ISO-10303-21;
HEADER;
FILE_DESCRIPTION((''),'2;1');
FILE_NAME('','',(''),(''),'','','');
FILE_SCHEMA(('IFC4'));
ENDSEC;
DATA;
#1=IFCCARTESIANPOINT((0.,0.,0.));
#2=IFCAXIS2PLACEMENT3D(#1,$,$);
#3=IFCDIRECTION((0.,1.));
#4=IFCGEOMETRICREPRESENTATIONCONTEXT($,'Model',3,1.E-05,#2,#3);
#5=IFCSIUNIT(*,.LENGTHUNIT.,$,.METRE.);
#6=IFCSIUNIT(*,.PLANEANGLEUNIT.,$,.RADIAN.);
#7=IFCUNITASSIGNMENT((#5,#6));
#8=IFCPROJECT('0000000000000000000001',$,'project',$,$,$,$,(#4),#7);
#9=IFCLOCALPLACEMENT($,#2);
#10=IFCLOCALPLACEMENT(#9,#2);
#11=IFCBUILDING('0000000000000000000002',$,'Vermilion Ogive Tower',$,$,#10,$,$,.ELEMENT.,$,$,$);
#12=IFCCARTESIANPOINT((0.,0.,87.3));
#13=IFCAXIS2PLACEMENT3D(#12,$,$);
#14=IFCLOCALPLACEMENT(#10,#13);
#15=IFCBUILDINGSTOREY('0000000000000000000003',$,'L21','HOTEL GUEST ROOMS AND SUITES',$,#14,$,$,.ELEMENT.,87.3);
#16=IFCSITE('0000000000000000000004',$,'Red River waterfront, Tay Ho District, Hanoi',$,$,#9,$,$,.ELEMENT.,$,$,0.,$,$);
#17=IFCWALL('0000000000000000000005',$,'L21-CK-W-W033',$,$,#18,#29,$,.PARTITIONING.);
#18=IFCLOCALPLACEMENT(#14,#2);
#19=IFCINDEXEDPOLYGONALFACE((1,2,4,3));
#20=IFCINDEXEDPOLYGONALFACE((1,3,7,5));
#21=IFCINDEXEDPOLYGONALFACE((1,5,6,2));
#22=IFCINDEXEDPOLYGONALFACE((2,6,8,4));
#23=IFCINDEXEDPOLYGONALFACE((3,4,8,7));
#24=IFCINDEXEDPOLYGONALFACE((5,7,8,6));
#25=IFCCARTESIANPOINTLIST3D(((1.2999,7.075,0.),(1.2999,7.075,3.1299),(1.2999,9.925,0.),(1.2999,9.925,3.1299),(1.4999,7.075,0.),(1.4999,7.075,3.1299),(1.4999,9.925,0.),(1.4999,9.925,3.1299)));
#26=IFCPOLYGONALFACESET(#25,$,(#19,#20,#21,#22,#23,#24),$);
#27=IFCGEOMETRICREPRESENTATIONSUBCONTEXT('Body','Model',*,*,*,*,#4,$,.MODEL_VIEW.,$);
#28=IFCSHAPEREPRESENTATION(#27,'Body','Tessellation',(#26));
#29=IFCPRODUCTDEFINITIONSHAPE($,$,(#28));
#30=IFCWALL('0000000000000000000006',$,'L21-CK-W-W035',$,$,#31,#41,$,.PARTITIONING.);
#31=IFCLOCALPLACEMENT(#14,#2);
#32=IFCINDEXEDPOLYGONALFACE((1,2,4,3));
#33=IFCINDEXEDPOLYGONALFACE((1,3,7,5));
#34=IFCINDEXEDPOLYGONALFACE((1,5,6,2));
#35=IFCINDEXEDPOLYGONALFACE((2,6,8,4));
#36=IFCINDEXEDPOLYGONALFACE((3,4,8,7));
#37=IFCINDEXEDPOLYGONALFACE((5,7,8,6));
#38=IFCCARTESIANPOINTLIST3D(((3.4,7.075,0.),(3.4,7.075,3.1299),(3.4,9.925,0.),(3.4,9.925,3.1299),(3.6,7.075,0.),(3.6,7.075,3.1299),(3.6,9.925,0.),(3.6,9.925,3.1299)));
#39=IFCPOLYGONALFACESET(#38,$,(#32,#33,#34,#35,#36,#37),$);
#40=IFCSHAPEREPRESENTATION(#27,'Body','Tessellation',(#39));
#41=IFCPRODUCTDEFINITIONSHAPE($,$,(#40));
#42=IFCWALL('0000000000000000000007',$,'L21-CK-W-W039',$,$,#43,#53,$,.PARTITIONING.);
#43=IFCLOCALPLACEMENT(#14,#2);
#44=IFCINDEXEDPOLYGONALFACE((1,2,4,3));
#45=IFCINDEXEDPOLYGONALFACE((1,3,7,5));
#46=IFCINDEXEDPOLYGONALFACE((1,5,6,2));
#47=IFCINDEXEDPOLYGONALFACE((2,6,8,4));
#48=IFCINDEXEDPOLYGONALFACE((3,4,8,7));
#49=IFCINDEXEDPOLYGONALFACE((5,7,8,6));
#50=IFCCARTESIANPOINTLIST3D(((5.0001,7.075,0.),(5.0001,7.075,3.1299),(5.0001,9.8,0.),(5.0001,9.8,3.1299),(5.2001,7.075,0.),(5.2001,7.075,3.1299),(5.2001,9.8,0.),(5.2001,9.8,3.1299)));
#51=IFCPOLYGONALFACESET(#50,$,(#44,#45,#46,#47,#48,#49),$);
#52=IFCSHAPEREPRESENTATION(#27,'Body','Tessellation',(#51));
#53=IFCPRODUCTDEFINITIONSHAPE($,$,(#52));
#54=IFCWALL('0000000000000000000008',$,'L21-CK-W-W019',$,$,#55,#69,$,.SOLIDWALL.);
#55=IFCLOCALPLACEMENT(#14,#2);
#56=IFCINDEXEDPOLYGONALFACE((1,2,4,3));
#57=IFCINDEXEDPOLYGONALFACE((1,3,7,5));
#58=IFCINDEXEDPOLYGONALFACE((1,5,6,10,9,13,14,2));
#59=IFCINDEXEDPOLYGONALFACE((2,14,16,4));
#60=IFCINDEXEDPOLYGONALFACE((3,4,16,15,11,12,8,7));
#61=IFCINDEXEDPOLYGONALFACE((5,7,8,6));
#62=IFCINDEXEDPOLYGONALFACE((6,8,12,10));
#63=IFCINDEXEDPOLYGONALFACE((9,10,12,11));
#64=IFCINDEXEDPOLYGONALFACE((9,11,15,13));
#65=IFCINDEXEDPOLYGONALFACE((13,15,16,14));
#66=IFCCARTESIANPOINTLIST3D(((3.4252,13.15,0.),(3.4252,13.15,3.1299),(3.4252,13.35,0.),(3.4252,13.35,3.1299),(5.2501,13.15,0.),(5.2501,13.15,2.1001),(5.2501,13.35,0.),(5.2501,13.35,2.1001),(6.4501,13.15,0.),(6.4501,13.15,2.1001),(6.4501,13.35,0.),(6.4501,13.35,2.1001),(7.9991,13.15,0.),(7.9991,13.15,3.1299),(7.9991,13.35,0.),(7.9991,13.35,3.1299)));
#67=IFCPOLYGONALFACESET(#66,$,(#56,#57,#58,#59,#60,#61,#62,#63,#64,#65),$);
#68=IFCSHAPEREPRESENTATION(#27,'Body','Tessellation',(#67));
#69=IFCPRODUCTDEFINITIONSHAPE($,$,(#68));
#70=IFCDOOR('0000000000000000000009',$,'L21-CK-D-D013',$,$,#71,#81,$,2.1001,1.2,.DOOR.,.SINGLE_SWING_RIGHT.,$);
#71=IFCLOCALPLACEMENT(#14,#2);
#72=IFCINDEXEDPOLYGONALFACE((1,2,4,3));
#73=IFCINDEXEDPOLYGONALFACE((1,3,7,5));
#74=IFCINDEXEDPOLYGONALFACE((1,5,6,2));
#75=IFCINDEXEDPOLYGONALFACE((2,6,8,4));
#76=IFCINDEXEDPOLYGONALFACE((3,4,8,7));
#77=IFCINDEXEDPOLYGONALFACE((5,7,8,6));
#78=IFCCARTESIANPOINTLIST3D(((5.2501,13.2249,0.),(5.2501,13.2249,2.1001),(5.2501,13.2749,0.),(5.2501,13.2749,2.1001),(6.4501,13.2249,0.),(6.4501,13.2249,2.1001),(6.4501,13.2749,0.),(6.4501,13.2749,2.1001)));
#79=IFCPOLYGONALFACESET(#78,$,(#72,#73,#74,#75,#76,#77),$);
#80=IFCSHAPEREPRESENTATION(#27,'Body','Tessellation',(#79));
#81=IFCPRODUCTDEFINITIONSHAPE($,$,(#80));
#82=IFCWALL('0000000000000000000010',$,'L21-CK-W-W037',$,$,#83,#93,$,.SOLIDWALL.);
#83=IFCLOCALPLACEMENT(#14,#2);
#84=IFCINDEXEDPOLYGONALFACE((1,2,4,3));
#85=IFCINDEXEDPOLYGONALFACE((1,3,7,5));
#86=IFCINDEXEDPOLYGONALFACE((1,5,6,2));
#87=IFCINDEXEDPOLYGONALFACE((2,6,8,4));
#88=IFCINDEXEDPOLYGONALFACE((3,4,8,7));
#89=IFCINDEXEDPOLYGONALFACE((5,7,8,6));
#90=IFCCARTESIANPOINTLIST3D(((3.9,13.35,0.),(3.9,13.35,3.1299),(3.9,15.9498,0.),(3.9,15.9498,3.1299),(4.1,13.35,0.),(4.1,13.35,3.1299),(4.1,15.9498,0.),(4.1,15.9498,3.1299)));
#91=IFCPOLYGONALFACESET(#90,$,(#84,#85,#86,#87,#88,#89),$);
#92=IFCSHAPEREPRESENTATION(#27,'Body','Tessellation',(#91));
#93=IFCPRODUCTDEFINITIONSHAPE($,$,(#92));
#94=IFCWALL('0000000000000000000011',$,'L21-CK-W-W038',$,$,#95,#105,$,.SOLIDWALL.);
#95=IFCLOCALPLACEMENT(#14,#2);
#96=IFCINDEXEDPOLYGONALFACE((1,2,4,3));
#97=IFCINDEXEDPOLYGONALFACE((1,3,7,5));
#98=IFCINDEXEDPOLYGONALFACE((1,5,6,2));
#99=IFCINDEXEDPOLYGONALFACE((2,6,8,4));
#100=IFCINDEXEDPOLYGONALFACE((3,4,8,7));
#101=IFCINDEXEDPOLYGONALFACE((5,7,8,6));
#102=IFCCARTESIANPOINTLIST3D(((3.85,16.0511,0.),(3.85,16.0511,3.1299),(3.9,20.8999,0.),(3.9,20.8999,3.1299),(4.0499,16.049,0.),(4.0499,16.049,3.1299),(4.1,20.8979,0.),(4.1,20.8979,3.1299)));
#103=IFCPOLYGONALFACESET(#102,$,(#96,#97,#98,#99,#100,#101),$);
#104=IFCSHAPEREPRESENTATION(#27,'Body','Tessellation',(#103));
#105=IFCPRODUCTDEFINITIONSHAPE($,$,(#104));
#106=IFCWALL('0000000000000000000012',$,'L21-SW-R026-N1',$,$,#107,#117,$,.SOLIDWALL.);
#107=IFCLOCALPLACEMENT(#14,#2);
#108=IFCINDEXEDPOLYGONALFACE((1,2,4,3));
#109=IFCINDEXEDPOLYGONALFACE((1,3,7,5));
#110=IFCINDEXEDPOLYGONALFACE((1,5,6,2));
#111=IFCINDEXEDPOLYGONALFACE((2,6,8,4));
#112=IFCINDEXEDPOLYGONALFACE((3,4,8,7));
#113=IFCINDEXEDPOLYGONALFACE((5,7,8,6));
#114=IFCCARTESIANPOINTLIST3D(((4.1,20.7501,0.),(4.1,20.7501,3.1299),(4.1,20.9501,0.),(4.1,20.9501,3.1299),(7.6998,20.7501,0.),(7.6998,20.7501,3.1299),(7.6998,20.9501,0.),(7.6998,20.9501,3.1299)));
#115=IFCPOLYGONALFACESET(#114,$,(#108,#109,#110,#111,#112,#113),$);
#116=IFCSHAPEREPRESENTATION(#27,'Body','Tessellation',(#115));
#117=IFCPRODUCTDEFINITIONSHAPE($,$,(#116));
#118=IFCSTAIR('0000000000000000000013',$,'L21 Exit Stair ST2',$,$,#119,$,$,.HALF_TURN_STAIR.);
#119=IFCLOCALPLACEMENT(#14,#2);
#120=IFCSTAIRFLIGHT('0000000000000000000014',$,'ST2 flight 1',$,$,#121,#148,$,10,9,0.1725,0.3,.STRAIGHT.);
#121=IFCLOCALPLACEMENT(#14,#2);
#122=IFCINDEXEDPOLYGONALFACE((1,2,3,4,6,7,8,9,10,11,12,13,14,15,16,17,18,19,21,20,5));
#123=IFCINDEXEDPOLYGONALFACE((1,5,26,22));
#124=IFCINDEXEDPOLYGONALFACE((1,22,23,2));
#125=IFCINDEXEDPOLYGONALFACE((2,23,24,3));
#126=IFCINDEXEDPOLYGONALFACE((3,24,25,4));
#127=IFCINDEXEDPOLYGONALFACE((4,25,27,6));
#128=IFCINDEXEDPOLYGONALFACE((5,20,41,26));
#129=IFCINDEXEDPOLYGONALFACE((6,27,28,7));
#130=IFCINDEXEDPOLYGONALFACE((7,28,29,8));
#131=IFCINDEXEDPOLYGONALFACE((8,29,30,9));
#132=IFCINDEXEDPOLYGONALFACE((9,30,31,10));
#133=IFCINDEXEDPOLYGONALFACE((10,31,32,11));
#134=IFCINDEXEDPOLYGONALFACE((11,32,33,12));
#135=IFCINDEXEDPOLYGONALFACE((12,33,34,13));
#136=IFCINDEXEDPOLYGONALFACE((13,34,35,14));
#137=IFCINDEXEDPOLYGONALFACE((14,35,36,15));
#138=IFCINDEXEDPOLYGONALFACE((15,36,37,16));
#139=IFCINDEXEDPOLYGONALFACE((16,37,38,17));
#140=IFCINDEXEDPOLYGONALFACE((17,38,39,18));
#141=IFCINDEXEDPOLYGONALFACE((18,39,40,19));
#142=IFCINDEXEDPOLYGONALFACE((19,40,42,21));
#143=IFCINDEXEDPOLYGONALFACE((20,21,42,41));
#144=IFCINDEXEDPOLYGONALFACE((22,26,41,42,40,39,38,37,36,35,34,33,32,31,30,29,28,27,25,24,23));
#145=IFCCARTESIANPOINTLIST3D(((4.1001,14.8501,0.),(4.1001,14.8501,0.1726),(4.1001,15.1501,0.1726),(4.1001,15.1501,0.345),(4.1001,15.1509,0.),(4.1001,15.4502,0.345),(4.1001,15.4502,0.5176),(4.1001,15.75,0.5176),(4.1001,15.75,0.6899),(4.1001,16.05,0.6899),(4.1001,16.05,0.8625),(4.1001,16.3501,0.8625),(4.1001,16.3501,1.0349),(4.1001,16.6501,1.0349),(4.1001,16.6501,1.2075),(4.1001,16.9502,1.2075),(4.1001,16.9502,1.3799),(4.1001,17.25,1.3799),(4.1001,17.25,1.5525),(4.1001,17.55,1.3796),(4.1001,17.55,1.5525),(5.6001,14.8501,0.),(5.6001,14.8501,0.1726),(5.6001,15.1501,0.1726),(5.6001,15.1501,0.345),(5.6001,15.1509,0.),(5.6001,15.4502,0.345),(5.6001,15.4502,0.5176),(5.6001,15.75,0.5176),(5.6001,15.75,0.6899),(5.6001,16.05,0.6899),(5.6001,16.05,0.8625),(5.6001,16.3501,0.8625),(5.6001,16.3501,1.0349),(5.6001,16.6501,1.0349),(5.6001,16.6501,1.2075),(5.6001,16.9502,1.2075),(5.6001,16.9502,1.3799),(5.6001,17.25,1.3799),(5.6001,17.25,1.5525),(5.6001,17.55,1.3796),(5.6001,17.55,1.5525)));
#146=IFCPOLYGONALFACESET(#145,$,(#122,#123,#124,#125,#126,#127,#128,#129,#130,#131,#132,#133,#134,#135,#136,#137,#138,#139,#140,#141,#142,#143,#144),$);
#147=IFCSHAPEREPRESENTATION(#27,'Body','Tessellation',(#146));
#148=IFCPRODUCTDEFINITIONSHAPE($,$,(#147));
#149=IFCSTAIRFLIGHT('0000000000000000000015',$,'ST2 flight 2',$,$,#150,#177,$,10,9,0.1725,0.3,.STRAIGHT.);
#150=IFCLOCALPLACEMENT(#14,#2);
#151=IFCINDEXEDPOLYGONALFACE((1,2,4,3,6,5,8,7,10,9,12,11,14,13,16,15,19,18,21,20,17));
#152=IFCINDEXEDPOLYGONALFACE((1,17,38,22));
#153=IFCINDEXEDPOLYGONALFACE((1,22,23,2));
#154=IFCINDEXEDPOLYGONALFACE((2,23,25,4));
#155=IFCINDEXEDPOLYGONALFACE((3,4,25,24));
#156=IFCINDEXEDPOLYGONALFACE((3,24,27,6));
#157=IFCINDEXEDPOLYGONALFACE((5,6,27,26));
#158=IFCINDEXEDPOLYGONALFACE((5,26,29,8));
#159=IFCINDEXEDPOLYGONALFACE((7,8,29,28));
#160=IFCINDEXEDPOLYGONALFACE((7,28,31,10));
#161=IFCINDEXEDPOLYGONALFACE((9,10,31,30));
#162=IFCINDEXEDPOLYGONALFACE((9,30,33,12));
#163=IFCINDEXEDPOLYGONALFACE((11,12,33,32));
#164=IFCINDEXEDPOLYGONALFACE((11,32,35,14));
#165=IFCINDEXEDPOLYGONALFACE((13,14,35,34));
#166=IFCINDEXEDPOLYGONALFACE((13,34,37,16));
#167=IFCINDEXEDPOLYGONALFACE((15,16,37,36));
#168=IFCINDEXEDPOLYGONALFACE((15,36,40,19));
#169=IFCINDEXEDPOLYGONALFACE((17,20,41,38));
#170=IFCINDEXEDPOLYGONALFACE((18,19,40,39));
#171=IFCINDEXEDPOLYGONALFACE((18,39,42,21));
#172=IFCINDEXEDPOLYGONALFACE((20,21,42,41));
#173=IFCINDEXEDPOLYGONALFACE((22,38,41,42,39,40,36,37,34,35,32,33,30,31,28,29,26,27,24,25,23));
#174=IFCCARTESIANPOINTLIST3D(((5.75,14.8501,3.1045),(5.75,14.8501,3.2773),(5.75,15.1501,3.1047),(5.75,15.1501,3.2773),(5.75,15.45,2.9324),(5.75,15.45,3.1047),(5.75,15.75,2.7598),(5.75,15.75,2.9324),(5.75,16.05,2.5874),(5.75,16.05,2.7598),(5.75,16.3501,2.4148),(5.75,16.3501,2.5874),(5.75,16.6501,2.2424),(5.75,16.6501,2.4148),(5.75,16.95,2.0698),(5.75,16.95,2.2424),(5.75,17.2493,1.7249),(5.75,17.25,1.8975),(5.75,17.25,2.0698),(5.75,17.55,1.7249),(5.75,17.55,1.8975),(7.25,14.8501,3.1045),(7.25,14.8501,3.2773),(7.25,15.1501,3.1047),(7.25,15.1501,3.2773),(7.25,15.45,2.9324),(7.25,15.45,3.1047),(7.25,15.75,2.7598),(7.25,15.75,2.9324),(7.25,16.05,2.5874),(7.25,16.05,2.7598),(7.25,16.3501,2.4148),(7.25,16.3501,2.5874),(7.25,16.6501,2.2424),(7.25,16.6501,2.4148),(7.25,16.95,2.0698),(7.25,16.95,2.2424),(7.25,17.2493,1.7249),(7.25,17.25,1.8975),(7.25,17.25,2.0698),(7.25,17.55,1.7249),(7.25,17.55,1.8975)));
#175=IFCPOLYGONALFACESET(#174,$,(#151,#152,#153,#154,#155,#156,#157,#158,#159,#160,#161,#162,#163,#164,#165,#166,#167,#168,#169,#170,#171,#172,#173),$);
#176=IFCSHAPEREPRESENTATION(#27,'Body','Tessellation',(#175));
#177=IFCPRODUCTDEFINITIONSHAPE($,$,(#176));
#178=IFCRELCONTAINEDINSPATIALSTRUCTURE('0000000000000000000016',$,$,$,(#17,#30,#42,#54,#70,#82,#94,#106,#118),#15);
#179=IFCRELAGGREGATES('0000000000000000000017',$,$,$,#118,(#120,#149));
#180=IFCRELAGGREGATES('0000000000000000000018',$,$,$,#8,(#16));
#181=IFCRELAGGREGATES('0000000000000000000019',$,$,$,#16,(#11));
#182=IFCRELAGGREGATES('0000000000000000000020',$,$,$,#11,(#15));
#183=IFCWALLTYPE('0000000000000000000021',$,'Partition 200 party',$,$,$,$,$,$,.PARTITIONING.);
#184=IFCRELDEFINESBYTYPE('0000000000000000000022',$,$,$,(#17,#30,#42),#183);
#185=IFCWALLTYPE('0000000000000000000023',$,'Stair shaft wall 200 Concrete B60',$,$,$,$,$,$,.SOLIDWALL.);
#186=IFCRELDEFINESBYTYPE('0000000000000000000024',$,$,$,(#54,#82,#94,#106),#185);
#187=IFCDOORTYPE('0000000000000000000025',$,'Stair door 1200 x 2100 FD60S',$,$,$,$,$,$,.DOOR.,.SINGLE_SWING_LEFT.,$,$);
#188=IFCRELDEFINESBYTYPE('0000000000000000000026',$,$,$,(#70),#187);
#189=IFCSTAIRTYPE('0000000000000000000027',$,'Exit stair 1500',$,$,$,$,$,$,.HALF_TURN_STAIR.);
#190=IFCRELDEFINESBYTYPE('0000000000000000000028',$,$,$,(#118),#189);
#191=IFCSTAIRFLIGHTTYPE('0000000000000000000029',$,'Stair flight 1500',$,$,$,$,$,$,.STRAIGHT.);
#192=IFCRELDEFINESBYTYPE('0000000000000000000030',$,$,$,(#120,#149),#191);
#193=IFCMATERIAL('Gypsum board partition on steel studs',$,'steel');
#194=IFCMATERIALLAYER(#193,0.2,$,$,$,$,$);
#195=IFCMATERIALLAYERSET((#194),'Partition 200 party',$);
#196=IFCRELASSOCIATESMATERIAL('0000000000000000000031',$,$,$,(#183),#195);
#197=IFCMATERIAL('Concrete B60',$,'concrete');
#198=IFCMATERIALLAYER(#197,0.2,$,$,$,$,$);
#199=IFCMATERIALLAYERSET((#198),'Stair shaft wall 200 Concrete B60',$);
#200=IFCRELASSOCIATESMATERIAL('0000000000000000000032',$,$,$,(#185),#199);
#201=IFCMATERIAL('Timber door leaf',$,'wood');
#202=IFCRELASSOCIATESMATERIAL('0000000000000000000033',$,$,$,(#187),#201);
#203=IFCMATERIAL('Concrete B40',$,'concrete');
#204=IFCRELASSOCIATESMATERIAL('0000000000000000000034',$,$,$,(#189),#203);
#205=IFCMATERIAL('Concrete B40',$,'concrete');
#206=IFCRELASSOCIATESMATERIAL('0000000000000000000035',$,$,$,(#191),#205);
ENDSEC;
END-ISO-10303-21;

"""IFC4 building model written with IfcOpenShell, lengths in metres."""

from ifc_helpers import new_model, si_unit, direction, frame, frame_2d, origin, place, context, subcontext, project, spatial, polyline, rectangle, outline, extrude, material, layer, layer_set, type_object, element, fill, aggregate, save


model = new_model("IFC4")

# Units and contexts
model_context = context("Model", 3, precision=1e-05, world=origin(), true_north=direction((0.0, 1.0)))
body_context = subcontext(model_context, "Body", "Model", "MODEL_VIEW")
ifc_project = project(units=[si_unit("LENGTHUNIT", "METRE"), si_unit("PLANEANGLEUNIT", "RADIAN")], contexts=[model_context])

# Site, building, storey
site_placement = place(None, origin())
site = spatial("IfcSite", under=ifc_project, at=site_placement, Name="Red River waterfront, Tay Ho District, Hanoi", CompositionType="ELEMENT", RefElevation=0.0)
building_placement = place(site_placement, origin())
building = spatial("IfcBuilding", under=site, at=building_placement, Name="Vermilion Ogive Tower", CompositionType="ELEMENT")
storey_placement = place(building_placement, frame((0.0, 0.0, 87.3)))
storey = spatial("IfcBuildingStorey", under=building, at=storey_placement, Name="L21", Description="HOTEL GUEST ROOMS AND SUITES", CompositionType="ELEMENT", Elevation=87.3)

# Shared definitions
ifc_material_1 = material(Name="Gypsum board partition on steel studs", Category="steel")
ifc_layer_1 = layer(ifc_material_1, 0.2)
ifc_layer_set_1 = layer_set([ifc_layer_1], Name="Partition 200 party")
wall_type_1 = type_object("IfcWallType", Name="Partition 200 party", PredefinedType="PARTITIONING", material=ifc_layer_set_1)

# Walls
for number, where, z_axis, x_axis, name in (
    (1, (1.3999, 7.075, 0.0), (0.0, 0.0, 1.0), (0.0, 1.0, 0.0), "L21-CK-W-W033"),
    (2, (3.5, 7.075, 0.0), (0.0, 0.0, 1.0), (0.0, 1.0, 0.0), "L21-CK-W-W035"),
):
    element("IfcWall", number, at=place(storey_placement, frame(where, z_axis=z_axis, x_axis=x_axis)), inside=storey, type_object=wall_type_1, Name=name, PredefinedType="PARTITIONING", context=body_context, shape_type="SweptSolid", body=[
        extrude(rectangle(XDim=2.8501, YDim=0.2, at=frame_2d((1.425, 0.0))), origin(), (0.0, 0.0, 1.0), 3.1299),
    ])
wall_1_placement = place(storey_placement, frame((5.1001, 7.075, 0.0), z_axis=(0.0, 0.0, 1.0), x_axis=(0.0, 1.0, 0.0)))
element("IfcWall", 3, at=wall_1_placement, inside=storey, type_object=wall_type_1, Name="L21-CK-W-W039", PredefinedType="PARTITIONING", context=body_context, shape_type="SweptSolid", body=[
    extrude(rectangle(XDim=2.7251, YDim=0.2, at=frame_2d((1.3625, 0.0))), origin(), (0.0, 0.0, 1.0), 3.1299),
])

# Wall, opening, door
ifc_material_2 = material(Name="Concrete B60", Category="concrete")
ifc_layer_2 = layer(ifc_material_2, 0.2)
ifc_layer_set_2 = layer_set([ifc_layer_2], Name="Stair shaft wall 200 Concrete B60")
wall_type_2 = type_object("IfcWallType", Name="Stair shaft wall 200 Concrete B60", PredefinedType="SOLIDWALL", material=ifc_layer_set_2)
wall_2_placement = place(storey_placement, frame((3.425, 13.25, 0.0), z_axis=(0.0, 0.0, 1.0), x_axis=(1.0, 0.0, 0.0)))
wall_2 = element("IfcWall", 4, at=wall_2_placement, inside=storey, type_object=wall_type_2, Name="L21-CK-W-W019", PredefinedType="SOLIDWALL", context=body_context, shape_type="SweptSolid", body=[
    extrude(rectangle(XDim=4.574, YDim=0.2, at=frame_2d((2.2871, 0.0))), origin(), (0.0, 0.0, 1.0), 3.1299),
])
opening_1_placement = place(wall_2_placement, frame((1.825, 0.0, 0.0)))
opening_1 = element("IfcOpeningElement", 5, at=opening_1_placement, cuts=wall_2, PredefinedType="OPENING", context=body_context, shape_type="SweptSolid", body=[
    extrude(rectangle(XDim=1.2, YDim=2.1001, at=frame_2d((0.6001, 1.05))), frame((0.0, 0.1099, 0.0), z_axis=(0.0, -1.0, 0.0), x_axis=(1.0, 0.0, 0.0)), (0.0, 0.0, 1.0), 0.22),
])
ifc_material_3 = material(Name="Timber door leaf", Category="wood")
door_type_1 = type_object("IfcDoorType", Name="Stair door 1200 x 2100 FD60S", OperationType="SINGLE_SWING_LEFT", PredefinedType="DOOR", material=ifc_material_3)
door_1_placement = place(opening_1_placement, origin())
door_1 = element("IfcDoor", 6, at=door_1_placement, inside=storey, type_object=door_type_1, Name="L21-CK-D-D013", OperationType="SINGLE_SWING_RIGHT", OverallHeight=2.1001, OverallWidth=1.2, PredefinedType="DOOR", context=body_context, shape_type="SweptSolid", body=[
    extrude(rectangle(XDim=1.2, YDim=2.1001, at=frame_2d((0.6001, 1.05))), frame((0.0, 0.0249, 0.0), z_axis=(0.0, -1.0, 0.0), x_axis=(1.0, 0.0, 0.0)), (0.0, 0.0, 1.0), 0.05),
])
fill(opening_1, door_1)

# Walls
wall_3_placement = place(storey_placement, frame((4.0, 13.3501, 0.0), z_axis=(0.0, 0.0, 1.0), x_axis=(0.0, 1.0, 0.0)))
element("IfcWall", 7, at=wall_3_placement, inside=storey, type_object=wall_type_2, Name="L21-CK-W-W037", PredefinedType="SOLIDWALL", context=body_context, shape_type="SweptSolid", body=[
    extrude(rectangle(XDim=2.5999, YDim=0.2, at=frame_2d((1.2998, 0.0))), origin(), (0.0, 0.0, 1.0), 3.1299),
])
wall_4_placement = place(storey_placement, frame((3.95, 16.05, 0.0), z_axis=(0.0, 0.0, 1.0), x_axis=(0.010321, 0.999947, 0.0)))
element("IfcWall", 8, at=wall_4_placement, inside=storey, type_object=wall_type_2, Name="L21-CK-W-W038", PredefinedType="SOLIDWALL", context=body_context, shape_type="SweptSolid", body=[
    extrude(rectangle(XDim=4.8491, YDim=0.2, at=frame_2d((2.4246, 0.0))), origin(), (0.0, 0.0, 1.0), 3.1299),
])
wall_5_placement = place(storey_placement, frame((4.1001, 20.8501, 0.0), z_axis=(0.0, 0.0, 1.0), x_axis=(1.0, 0.0, 0.0)))
element("IfcWall", 9, at=wall_5_placement, inside=storey, type_object=wall_type_2, Name="L21-SW-R026-N1", PredefinedType="SOLIDWALL", context=body_context, shape_type="SweptSolid", body=[
    extrude(rectangle(XDim=3.5999, YDim=0.2, at=frame_2d((1.7998, 0.0))), origin(), (0.0, 0.0, 1.0), 3.1299),
])

# Stair, stair flights
ifc_material_4 = material(Name="Concrete B40", Category="concrete")
stair_type = type_object("IfcStairType", Name="Exit stair 1500", PredefinedType="HALF_TURN_STAIR", material=ifc_material_4)
stair_placement = place(storey_placement, origin())
stair = element("IfcStair", 10, at=stair_placement, inside=storey, type_object=stair_type, Name="L21 Exit Stair ST2", PredefinedType="HALF_TURN_STAIR")
ifc_material_5 = material(Name="Concrete B40", Category="concrete")
stair_flight_type = type_object("IfcStairFlightType", Name="Stair flight 1500", PredefinedType="STRAIGHT", material=ifc_material_5)
stair_flight_1_placement = place(storey_placement, frame((4.8501, 14.8501, 0.0), z_axis=(0.0, 0.0, 1.0), x_axis=(0.0, 1.0, 0.0)))
stair_flight_1 = element("IfcStairFlight", 11, at=stair_flight_1_placement, type_object=stair_flight_type, Name="ST2 flight 1", NumberOfRisers=10, NumberOfTreads=9, PredefinedType="STRAIGHT", RiserHeight=0.1725, TreadLength=0.3, context=body_context, shape_type="SweptSolid", body=[
    extrude(outline(polyline([(0.0, 0.0), (0.0, 0.1726), (0.3, 0.1726), (0.3, 0.345), (0.6001, 0.345), (0.6001, 0.5176), (0.8999, 0.5176), (0.8999, 0.6899), (1.2, 0.6899), (1.2, 0.8625), (1.5, 0.8625), (1.5, 1.0349), (1.8, 1.0349), (1.8, 1.2075), (2.1001, 1.2075), (2.1001, 1.3799), (2.3999, 1.3799), (2.3999, 1.5525), (2.7, 1.5525), (2.7, 1.7251), (2.7, 1.3796), (0.3008, 0.0), (0.0, 0.0)])), frame((0.0, 0.75, 0.0), z_axis=(0.0, -1.0, 0.0), x_axis=(1.0, 0.0, 0.0)), (0.0, 0.0, 1.0), 1.5),
])
stair_flight_2_placement = place(storey_placement, frame((6.5, 17.55, 1.7249), z_axis=(0.0, 0.0, 1.0), x_axis=(0.0, -1.0, 0.0)))
stair_flight_2 = element("IfcStairFlight", 12, at=stair_flight_2_placement, type_object=stair_flight_type, Name="ST2 flight 2", NumberOfRisers=10, NumberOfTreads=9, PredefinedType="STRAIGHT", RiserHeight=0.1725, TreadLength=0.3, context=body_context, shape_type="SweptSolid", body=[
    extrude(outline(polyline([(0.0, 0.0), (0.0, 0.1726), (0.3, 0.1726), (0.3, 0.345), (0.6001, 0.345), (0.6001, 0.5176), (0.8999, 0.5176), (0.8999, 0.6899), (1.2, 0.6899), (1.2, 0.8625), (1.5, 0.8625), (1.5, 1.0349), (1.8, 1.0349), (1.8, 1.2075), (2.1001, 1.2075), (2.1001, 1.3799), (2.3999, 1.3799), (2.3999, 1.5525), (2.7, 1.5525), (2.7, 1.7251), (2.7, 1.3796), (0.3008, 0.0), (0.0, 0.0)])), frame((0.0, 0.75, 0.0), z_axis=(0.0, -1.0, 0.0), x_axis=(1.0, 0.0, 0.0)), (0.0, 0.0, 1.0), 1.5),
])
aggregate(stair, [stair_flight_1, stair_flight_2])

save(model, "model.ifc")
